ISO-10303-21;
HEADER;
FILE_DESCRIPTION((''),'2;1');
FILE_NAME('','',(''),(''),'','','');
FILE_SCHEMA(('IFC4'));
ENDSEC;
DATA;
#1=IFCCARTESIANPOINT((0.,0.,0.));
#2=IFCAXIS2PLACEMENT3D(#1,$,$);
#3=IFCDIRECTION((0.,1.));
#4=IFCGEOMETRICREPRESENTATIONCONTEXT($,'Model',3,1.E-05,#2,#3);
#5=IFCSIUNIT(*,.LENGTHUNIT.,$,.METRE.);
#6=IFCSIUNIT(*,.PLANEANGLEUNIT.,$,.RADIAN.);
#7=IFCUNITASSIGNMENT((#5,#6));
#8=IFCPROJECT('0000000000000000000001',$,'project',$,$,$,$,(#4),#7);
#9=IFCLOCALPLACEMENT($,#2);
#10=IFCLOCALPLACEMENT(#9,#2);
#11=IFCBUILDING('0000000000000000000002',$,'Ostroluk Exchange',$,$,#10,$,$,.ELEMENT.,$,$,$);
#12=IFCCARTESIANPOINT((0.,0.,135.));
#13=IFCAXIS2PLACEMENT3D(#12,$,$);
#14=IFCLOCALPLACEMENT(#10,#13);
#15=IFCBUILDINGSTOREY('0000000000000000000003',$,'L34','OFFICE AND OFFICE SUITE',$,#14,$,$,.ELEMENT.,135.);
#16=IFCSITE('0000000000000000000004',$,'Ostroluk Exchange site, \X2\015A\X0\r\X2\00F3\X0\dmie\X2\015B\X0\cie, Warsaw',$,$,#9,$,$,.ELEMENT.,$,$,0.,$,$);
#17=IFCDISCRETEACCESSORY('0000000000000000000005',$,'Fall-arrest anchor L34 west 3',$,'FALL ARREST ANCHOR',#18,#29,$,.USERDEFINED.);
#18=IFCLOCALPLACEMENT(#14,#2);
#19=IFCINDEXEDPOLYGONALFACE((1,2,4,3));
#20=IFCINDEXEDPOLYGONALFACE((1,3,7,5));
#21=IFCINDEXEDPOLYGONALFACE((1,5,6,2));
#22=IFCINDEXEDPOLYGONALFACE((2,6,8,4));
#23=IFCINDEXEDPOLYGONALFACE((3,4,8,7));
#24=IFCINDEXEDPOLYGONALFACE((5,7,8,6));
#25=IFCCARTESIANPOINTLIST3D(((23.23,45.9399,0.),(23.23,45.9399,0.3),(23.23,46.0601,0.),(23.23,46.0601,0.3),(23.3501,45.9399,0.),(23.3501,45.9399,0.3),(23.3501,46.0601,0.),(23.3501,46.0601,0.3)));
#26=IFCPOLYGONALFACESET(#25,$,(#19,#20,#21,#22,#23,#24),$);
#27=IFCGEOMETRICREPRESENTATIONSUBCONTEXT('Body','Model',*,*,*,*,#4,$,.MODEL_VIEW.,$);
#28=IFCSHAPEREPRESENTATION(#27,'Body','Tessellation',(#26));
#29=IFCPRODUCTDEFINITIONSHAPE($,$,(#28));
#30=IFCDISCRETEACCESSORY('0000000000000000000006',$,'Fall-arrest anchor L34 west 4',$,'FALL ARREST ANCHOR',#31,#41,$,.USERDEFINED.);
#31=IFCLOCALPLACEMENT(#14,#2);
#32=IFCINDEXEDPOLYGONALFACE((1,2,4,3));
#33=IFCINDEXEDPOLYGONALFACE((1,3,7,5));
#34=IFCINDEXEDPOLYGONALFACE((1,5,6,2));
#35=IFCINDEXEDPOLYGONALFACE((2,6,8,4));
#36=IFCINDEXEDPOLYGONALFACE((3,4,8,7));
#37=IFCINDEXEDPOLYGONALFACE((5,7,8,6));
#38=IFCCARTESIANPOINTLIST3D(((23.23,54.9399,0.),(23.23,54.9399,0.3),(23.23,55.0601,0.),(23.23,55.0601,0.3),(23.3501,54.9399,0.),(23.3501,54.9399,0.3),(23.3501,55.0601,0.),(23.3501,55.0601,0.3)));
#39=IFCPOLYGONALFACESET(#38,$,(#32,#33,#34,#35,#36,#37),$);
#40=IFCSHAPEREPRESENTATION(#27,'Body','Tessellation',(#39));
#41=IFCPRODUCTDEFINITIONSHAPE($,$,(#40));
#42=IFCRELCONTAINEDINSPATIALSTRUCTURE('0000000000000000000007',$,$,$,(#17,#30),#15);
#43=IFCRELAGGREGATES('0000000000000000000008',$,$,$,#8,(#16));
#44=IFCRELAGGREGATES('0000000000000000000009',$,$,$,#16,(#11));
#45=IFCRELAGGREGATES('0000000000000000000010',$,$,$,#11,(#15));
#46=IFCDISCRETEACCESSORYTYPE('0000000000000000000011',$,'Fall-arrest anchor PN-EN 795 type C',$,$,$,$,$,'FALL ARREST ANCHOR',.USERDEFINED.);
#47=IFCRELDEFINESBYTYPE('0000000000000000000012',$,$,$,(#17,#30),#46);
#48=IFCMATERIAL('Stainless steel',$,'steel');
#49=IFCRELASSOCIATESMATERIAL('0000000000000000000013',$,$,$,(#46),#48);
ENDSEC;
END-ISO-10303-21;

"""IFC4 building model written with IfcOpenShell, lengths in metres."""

from ifc_helpers import new_model, si_unit, direction, frame, origin, origin_2d, place, context, subcontext, project, spatial, rectangle, extrude, material, type_object, element, save


model = new_model("IFC4")

# Units and contexts
model_context = context("Model", 3, precision=1e-05, world=origin(), true_north=direction((0.0, 1.0)))
body_context = subcontext(model_context, "Body", "Model", "MODEL_VIEW")
ifc_project = project(units=[si_unit("LENGTHUNIT", "METRE"), si_unit("PLANEANGLEUNIT", "RADIAN")], contexts=[model_context])

# Site, building, storey
site_placement = place(None, origin())
site = spatial("IfcSite", under=ifc_project, at=site_placement, Name="Ostroluk Exchange site, Śródmieście, Warsaw", CompositionType="ELEMENT", RefElevation=0.0)
building_placement = place(site_placement, origin())
building = spatial("IfcBuilding", under=site, at=building_placement, Name="Ostroluk Exchange", CompositionType="ELEMENT")
storey_placement = place(building_placement, frame((0.0, 0.0, 135.0)))
storey = spatial("IfcBuildingStorey", under=building, at=storey_placement, Name="L34", Description="OFFICE AND OFFICE SUITE", CompositionType="ELEMENT", Elevation=135.0)

# Discrete accessories
ifc_material_1 = material(Name="Stainless steel", Category="steel")
discrete_accessory_type = type_object("IfcDiscreteAccessoryType", Name="Fall-arrest anchor PN-EN 795 type C", ElementType="FALL ARREST ANCHOR", PredefinedType="USERDEFINED", material=ifc_material_1)
for number, where, z_axis, x_axis, name in (
    (1, (23.29, 46.0, 0.0), (0.0, 0.0, 1.0), (1.0, 0.0, 0.0), "Fall-arrest anchor L34 west 3"),
    (2, (23.29, 55.0, 0.0), (0.0, 0.0, 1.0), (1.0, 0.0, 0.0), "Fall-arrest anchor L34 west 4"),
):
    element("IfcDiscreteAccessory", number, at=place(storey_placement, frame(where, z_axis=z_axis, x_axis=x_axis)), inside=storey, type_object=discrete_accessory_type, Name=name, ObjectType="FALL ARREST ANCHOR", PredefinedType="USERDEFINED", context=body_context, shape_type="SweptSolid", body=[
        extrude(rectangle(XDim=0.1201, YDim=0.1201, at=origin_2d()), origin(), (0.0, 0.0, 1.0), 0.3),
    ])

save(model, "model.ifc")
